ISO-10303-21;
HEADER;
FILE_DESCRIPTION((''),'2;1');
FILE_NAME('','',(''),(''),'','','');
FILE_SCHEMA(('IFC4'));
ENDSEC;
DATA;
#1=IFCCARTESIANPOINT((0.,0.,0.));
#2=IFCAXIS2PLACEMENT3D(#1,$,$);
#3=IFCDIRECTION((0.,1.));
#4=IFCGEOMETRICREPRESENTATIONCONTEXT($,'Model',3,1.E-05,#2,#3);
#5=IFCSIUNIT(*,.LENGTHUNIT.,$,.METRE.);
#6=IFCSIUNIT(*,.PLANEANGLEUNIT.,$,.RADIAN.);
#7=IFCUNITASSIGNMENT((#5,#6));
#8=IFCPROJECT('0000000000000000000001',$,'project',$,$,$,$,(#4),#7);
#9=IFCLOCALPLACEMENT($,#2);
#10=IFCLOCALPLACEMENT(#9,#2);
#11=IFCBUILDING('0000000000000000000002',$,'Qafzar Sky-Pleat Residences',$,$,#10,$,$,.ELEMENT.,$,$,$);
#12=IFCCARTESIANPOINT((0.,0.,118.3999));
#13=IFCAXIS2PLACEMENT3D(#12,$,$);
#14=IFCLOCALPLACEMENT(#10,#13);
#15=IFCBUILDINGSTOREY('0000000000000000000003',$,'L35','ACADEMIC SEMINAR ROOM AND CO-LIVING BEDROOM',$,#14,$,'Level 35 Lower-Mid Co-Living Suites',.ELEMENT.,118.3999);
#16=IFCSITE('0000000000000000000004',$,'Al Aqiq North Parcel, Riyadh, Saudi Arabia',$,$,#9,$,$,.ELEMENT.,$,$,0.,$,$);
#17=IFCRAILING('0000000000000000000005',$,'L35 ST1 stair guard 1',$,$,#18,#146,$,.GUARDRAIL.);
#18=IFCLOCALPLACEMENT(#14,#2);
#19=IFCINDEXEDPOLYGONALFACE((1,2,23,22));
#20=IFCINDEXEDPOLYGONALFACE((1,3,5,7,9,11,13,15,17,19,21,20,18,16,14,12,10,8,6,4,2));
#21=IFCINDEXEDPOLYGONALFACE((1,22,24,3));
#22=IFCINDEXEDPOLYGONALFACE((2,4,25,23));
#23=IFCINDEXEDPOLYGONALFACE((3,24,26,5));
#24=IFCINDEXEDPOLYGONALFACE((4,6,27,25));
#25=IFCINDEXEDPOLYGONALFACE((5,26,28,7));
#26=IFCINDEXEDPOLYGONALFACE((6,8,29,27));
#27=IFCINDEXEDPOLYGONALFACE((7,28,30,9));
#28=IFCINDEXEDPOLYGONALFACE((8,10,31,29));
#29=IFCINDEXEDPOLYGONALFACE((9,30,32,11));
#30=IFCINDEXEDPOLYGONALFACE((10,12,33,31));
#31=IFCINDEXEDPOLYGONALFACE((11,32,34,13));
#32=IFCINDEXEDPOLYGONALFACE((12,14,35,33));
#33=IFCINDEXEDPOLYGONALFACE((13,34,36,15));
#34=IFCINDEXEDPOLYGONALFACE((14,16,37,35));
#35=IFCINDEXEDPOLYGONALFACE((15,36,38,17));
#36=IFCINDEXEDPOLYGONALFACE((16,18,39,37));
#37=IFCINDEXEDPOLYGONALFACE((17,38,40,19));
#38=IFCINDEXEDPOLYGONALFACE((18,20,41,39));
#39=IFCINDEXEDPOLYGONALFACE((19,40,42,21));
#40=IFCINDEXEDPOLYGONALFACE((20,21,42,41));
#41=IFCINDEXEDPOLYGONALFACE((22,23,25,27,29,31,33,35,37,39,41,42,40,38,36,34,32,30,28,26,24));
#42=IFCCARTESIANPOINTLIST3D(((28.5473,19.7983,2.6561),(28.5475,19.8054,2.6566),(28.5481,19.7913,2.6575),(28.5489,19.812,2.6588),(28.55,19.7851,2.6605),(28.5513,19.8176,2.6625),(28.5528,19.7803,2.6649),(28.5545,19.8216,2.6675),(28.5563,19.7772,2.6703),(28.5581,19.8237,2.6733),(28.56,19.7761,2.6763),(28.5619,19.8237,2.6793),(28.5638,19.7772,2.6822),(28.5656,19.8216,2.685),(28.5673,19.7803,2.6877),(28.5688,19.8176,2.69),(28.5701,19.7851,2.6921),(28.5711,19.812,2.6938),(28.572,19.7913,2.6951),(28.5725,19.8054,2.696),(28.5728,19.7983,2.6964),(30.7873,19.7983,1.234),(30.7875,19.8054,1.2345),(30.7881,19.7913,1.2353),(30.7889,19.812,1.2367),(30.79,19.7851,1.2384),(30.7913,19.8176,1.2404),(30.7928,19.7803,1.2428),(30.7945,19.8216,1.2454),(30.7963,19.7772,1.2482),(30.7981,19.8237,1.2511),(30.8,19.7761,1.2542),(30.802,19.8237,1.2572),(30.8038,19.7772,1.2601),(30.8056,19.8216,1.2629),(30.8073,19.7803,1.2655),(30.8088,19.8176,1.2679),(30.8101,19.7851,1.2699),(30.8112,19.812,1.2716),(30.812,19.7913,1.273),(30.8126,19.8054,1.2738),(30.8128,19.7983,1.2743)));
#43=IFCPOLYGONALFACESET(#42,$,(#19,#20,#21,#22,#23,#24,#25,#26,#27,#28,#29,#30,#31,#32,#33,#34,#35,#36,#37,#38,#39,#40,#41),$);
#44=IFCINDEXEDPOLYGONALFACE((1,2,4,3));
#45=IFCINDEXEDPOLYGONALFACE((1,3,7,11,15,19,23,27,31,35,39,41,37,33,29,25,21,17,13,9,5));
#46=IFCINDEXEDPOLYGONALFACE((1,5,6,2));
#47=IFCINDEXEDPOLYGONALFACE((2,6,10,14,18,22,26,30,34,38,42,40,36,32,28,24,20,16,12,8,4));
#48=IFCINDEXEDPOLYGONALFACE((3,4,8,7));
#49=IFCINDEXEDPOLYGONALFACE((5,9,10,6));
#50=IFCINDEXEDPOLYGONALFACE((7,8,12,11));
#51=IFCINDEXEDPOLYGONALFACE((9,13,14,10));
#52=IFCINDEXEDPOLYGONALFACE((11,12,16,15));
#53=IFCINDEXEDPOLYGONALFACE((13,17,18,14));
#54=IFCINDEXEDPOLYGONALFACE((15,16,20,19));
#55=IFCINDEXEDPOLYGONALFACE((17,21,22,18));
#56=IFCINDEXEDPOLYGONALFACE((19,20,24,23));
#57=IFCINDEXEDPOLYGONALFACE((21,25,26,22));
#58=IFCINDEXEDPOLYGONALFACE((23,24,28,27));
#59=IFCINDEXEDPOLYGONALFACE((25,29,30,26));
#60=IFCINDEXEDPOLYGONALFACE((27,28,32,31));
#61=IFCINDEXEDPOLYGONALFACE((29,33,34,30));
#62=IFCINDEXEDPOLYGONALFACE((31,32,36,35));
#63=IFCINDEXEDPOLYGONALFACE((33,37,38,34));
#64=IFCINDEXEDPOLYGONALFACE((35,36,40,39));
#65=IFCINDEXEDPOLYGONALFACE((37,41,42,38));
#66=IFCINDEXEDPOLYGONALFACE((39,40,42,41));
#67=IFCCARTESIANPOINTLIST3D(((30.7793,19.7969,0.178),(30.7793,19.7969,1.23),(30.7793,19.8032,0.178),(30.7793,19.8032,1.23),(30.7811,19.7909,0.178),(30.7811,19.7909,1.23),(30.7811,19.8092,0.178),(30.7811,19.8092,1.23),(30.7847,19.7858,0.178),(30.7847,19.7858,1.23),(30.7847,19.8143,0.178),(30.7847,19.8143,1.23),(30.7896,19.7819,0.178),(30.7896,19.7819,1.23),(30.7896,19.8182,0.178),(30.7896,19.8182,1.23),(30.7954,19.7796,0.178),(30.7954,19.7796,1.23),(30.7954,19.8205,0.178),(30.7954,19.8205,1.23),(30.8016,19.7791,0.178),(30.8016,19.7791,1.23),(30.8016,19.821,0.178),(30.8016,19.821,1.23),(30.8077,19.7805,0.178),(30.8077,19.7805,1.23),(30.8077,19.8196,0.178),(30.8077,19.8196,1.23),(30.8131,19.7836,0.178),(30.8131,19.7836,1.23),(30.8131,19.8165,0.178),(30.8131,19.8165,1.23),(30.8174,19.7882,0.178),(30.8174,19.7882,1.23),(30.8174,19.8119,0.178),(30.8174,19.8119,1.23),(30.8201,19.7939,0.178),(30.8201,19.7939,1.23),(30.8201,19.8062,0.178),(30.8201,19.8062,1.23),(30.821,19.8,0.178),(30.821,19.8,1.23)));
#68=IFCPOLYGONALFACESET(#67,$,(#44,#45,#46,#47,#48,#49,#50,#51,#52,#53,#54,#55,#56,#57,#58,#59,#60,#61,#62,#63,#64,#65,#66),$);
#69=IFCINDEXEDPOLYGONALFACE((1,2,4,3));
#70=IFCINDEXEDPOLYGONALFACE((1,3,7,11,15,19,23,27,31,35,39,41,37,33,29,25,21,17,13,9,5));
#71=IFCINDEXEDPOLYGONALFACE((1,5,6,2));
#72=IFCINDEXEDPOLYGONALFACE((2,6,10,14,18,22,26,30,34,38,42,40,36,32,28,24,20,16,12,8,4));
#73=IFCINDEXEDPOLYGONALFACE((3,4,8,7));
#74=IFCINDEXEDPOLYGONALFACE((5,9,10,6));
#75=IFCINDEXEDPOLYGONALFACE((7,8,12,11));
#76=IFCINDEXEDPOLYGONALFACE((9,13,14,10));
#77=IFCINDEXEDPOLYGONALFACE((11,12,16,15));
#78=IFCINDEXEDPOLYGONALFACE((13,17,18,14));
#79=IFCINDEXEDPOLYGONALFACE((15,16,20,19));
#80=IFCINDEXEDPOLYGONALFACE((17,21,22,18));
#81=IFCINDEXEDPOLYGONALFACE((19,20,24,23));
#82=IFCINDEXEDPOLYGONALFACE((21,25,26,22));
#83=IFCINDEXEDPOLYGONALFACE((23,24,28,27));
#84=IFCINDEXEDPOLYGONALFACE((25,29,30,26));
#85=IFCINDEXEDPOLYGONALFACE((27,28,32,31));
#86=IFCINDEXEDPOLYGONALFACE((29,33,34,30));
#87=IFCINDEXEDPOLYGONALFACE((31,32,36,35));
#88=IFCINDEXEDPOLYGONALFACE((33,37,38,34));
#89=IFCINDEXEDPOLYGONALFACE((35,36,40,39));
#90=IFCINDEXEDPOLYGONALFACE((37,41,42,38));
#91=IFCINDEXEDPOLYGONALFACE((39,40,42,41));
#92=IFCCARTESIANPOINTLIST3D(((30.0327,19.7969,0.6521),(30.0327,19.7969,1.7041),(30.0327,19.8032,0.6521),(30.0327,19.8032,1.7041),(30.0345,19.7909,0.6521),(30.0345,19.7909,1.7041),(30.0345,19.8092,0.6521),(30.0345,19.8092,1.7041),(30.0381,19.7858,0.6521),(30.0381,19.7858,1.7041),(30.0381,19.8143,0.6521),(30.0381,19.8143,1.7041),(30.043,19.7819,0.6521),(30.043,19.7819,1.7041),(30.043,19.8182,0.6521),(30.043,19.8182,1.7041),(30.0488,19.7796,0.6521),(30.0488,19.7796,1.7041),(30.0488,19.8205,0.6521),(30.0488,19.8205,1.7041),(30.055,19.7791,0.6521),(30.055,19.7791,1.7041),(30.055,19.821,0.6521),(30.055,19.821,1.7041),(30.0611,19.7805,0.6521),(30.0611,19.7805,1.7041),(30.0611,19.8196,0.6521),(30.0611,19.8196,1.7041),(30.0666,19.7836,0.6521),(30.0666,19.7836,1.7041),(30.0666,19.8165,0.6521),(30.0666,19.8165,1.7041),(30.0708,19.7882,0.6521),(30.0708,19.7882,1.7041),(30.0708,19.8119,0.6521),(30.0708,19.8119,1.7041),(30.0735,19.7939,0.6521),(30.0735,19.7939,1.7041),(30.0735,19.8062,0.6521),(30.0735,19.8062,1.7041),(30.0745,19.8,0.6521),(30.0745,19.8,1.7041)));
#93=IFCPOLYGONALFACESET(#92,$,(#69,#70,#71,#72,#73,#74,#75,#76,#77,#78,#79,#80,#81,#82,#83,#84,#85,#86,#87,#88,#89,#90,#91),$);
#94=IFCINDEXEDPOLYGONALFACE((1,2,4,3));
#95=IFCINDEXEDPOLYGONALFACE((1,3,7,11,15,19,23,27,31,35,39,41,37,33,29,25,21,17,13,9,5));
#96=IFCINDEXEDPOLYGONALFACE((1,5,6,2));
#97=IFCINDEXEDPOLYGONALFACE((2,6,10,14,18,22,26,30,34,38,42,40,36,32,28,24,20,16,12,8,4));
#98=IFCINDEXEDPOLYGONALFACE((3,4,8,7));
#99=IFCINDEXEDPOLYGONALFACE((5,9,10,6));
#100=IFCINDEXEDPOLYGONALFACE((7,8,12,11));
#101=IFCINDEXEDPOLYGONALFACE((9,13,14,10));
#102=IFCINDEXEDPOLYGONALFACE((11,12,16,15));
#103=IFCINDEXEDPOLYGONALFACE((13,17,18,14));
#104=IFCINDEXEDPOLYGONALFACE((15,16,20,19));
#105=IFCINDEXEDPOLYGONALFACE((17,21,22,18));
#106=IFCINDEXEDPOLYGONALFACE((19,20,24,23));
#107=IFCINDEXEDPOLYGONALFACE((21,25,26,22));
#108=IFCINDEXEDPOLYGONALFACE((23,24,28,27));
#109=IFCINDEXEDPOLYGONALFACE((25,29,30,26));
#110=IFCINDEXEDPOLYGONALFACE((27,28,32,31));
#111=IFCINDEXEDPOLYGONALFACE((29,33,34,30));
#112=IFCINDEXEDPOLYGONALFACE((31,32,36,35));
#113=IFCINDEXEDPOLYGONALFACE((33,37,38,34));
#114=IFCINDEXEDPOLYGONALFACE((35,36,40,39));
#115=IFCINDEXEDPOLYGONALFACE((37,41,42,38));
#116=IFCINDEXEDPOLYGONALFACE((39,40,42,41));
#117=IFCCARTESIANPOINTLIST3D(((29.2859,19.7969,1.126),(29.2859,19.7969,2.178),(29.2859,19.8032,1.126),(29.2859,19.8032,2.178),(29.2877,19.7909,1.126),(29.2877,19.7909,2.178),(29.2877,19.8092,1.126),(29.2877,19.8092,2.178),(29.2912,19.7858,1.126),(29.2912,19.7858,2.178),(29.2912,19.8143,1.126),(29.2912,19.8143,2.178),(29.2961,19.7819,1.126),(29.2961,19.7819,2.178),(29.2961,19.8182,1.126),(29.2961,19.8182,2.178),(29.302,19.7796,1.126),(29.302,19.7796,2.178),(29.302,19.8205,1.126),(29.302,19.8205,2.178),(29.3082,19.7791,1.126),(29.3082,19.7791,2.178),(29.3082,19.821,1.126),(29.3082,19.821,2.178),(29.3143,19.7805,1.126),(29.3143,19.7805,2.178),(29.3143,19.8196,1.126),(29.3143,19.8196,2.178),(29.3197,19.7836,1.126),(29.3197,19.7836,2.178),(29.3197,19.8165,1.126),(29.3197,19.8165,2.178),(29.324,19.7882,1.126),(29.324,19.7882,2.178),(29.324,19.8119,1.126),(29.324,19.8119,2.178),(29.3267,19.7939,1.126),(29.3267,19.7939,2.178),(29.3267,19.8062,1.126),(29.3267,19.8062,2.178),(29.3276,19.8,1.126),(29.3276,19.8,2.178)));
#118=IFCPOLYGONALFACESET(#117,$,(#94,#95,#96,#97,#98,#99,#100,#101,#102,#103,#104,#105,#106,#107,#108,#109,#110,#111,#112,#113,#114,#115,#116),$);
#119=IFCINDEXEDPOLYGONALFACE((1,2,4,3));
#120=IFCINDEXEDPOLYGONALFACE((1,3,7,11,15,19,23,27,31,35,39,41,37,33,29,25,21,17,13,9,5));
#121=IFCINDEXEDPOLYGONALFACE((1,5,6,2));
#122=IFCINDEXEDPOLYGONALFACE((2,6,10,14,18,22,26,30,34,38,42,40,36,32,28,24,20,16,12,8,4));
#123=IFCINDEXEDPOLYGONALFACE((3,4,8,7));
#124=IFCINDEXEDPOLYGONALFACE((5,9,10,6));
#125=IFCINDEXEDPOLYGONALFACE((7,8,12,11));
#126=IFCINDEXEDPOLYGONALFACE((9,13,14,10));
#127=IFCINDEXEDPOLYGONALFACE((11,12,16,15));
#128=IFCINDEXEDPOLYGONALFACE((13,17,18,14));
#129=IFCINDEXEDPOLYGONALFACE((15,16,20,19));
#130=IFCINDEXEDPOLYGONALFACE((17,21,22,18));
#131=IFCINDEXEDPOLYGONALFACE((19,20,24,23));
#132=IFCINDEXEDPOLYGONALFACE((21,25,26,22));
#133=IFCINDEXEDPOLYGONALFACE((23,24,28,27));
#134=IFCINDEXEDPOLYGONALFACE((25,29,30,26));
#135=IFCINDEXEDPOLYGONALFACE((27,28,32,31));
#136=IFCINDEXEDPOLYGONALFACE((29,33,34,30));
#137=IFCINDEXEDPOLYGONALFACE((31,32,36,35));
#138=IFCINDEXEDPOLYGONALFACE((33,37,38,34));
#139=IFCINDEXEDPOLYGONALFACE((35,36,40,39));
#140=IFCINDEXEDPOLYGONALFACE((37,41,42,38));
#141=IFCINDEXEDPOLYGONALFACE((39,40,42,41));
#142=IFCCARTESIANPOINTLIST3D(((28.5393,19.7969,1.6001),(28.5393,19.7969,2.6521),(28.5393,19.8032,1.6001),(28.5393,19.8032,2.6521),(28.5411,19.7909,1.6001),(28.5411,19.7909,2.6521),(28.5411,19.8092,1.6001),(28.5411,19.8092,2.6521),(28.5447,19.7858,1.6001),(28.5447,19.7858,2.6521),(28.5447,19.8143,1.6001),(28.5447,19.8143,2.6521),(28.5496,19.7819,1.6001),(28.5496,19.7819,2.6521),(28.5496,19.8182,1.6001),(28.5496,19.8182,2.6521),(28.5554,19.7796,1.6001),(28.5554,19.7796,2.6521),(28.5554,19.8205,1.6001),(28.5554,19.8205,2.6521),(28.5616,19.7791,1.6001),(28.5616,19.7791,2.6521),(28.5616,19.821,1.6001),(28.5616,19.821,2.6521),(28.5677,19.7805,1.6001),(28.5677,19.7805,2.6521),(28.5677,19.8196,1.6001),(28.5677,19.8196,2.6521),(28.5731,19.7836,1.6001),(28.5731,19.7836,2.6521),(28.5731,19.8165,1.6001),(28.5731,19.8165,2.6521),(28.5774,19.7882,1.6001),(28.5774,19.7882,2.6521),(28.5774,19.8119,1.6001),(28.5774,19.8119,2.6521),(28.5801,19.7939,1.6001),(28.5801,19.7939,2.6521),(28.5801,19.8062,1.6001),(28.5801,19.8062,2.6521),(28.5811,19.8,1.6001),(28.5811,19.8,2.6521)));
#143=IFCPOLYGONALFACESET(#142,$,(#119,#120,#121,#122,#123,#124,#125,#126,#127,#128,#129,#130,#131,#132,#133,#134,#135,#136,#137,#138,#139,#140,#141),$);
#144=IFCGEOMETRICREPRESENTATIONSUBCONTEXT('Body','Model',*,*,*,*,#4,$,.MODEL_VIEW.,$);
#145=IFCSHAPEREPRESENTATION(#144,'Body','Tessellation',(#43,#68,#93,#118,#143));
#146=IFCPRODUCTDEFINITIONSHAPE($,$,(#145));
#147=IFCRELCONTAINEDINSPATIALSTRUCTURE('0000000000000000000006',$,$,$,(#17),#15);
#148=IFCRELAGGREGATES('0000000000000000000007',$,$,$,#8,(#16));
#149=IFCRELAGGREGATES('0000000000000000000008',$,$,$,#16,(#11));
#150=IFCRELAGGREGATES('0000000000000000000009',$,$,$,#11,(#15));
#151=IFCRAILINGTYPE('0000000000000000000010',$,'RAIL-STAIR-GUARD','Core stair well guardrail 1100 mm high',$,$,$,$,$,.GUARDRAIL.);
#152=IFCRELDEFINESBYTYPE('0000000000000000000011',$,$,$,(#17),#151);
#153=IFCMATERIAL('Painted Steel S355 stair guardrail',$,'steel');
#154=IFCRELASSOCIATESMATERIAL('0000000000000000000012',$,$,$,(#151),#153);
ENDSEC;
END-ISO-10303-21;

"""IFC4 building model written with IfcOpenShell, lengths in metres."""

from ifc_helpers import new_model, si_unit, direction, frame, origin, origin_2d, place, context, subcontext, project, spatial, circle, extrude, source, transform, mapped, material, type_object, element, save


model = new_model("IFC4")

# Units and contexts
model_context = context("Model", 3, precision=1e-05, world=origin(), true_north=direction((0.0, 1.0)))
body_context = subcontext(model_context, "Body", "Model", "MODEL_VIEW")
ifc_project = project(units=[si_unit("LENGTHUNIT", "METRE"), si_unit("PLANEANGLEUNIT", "RADIAN")], contexts=[model_context])

# Site, building, storey
site_placement = place(None, origin())
site = spatial("IfcSite", under=ifc_project, at=site_placement, Name="Al Aqiq North Parcel, Riyadh, Saudi Arabia", CompositionType="ELEMENT", RefElevation=0.0)
building_placement = place(site_placement, origin())
building = spatial("IfcBuilding", under=site, at=building_placement, Name="Qafzar Sky-Pleat Residences", CompositionType="ELEMENT")
storey_placement = place(building_placement, frame((0.0, 0.0, 118.3999)))
storey = spatial("IfcBuildingStorey", under=building, at=storey_placement, Name="L35", Description="ACADEMIC SEMINAR ROOM AND CO-LIVING BEDROOM", LongName="Level 35 Lower-Mid Co-Living Suites", CompositionType="ELEMENT", Elevation=118.3999)

# Railing
ifc_material_1 = material(Name="Painted Steel S355 stair guardrail", Category="steel")
railing_type_1 = type_object("IfcRailingType", Name="RAIL-STAIR-GUARD", Description="Core stair well guardrail 1100 mm high", PredefinedType="GUARDRAIL", material=ifc_material_1)
shared_shape_1 = source(origin(), body_context, "Body", "SweptSolid", [
    extrude(circle(Radius=0.0239, at=origin_2d()), frame((0.0, 0.0, 1.0762), z_axis=(-0.844229, 0.0, 0.535982), x_axis=(0.0, -1.0, 0.0)), (0.0, 0.0, 1.0), 2.6533),
    extrude(circle(Radius=0.021, at=origin_2d()), origin(), (0.0, 0.0, 1.0), 1.052),
    extrude(circle(Radius=0.021, at=origin_2d()), frame((-0.7466, 0.0, 0.4741)), (0.0, 0.0, 1.0), 1.052),
    extrude(circle(Radius=0.021, at=origin_2d()), frame((-1.4934, 0.0, 0.948)), (0.0, 0.0, 1.0), 1.052),
    extrude(circle(Radius=0.021, at=origin_2d()), frame((-2.24, 0.0, 1.4221)), (0.0, 0.0, 1.0), 1.052),
])
railing_1_placement = place(storey_placement, frame((30.8, 19.8, 0.178)))
element("IfcRailing", 1, at=railing_1_placement, inside=storey, type_object=railing_type_1, Name="L35 ST1 stair guard 1", PredefinedType="GUARDRAIL", context=body_context, shape_type="MappedRepresentation", body=[
    mapped(shared_shape_1, transform((0.0, 0.0, 0.0), x_axis=(1.0, 0.0, 0.0), y_axis=(0.0, 1.0, 0.0), z_axis=(0.0, 0.0, 1.0), scale=1.0)),
])

save(model, "model.ifc")
